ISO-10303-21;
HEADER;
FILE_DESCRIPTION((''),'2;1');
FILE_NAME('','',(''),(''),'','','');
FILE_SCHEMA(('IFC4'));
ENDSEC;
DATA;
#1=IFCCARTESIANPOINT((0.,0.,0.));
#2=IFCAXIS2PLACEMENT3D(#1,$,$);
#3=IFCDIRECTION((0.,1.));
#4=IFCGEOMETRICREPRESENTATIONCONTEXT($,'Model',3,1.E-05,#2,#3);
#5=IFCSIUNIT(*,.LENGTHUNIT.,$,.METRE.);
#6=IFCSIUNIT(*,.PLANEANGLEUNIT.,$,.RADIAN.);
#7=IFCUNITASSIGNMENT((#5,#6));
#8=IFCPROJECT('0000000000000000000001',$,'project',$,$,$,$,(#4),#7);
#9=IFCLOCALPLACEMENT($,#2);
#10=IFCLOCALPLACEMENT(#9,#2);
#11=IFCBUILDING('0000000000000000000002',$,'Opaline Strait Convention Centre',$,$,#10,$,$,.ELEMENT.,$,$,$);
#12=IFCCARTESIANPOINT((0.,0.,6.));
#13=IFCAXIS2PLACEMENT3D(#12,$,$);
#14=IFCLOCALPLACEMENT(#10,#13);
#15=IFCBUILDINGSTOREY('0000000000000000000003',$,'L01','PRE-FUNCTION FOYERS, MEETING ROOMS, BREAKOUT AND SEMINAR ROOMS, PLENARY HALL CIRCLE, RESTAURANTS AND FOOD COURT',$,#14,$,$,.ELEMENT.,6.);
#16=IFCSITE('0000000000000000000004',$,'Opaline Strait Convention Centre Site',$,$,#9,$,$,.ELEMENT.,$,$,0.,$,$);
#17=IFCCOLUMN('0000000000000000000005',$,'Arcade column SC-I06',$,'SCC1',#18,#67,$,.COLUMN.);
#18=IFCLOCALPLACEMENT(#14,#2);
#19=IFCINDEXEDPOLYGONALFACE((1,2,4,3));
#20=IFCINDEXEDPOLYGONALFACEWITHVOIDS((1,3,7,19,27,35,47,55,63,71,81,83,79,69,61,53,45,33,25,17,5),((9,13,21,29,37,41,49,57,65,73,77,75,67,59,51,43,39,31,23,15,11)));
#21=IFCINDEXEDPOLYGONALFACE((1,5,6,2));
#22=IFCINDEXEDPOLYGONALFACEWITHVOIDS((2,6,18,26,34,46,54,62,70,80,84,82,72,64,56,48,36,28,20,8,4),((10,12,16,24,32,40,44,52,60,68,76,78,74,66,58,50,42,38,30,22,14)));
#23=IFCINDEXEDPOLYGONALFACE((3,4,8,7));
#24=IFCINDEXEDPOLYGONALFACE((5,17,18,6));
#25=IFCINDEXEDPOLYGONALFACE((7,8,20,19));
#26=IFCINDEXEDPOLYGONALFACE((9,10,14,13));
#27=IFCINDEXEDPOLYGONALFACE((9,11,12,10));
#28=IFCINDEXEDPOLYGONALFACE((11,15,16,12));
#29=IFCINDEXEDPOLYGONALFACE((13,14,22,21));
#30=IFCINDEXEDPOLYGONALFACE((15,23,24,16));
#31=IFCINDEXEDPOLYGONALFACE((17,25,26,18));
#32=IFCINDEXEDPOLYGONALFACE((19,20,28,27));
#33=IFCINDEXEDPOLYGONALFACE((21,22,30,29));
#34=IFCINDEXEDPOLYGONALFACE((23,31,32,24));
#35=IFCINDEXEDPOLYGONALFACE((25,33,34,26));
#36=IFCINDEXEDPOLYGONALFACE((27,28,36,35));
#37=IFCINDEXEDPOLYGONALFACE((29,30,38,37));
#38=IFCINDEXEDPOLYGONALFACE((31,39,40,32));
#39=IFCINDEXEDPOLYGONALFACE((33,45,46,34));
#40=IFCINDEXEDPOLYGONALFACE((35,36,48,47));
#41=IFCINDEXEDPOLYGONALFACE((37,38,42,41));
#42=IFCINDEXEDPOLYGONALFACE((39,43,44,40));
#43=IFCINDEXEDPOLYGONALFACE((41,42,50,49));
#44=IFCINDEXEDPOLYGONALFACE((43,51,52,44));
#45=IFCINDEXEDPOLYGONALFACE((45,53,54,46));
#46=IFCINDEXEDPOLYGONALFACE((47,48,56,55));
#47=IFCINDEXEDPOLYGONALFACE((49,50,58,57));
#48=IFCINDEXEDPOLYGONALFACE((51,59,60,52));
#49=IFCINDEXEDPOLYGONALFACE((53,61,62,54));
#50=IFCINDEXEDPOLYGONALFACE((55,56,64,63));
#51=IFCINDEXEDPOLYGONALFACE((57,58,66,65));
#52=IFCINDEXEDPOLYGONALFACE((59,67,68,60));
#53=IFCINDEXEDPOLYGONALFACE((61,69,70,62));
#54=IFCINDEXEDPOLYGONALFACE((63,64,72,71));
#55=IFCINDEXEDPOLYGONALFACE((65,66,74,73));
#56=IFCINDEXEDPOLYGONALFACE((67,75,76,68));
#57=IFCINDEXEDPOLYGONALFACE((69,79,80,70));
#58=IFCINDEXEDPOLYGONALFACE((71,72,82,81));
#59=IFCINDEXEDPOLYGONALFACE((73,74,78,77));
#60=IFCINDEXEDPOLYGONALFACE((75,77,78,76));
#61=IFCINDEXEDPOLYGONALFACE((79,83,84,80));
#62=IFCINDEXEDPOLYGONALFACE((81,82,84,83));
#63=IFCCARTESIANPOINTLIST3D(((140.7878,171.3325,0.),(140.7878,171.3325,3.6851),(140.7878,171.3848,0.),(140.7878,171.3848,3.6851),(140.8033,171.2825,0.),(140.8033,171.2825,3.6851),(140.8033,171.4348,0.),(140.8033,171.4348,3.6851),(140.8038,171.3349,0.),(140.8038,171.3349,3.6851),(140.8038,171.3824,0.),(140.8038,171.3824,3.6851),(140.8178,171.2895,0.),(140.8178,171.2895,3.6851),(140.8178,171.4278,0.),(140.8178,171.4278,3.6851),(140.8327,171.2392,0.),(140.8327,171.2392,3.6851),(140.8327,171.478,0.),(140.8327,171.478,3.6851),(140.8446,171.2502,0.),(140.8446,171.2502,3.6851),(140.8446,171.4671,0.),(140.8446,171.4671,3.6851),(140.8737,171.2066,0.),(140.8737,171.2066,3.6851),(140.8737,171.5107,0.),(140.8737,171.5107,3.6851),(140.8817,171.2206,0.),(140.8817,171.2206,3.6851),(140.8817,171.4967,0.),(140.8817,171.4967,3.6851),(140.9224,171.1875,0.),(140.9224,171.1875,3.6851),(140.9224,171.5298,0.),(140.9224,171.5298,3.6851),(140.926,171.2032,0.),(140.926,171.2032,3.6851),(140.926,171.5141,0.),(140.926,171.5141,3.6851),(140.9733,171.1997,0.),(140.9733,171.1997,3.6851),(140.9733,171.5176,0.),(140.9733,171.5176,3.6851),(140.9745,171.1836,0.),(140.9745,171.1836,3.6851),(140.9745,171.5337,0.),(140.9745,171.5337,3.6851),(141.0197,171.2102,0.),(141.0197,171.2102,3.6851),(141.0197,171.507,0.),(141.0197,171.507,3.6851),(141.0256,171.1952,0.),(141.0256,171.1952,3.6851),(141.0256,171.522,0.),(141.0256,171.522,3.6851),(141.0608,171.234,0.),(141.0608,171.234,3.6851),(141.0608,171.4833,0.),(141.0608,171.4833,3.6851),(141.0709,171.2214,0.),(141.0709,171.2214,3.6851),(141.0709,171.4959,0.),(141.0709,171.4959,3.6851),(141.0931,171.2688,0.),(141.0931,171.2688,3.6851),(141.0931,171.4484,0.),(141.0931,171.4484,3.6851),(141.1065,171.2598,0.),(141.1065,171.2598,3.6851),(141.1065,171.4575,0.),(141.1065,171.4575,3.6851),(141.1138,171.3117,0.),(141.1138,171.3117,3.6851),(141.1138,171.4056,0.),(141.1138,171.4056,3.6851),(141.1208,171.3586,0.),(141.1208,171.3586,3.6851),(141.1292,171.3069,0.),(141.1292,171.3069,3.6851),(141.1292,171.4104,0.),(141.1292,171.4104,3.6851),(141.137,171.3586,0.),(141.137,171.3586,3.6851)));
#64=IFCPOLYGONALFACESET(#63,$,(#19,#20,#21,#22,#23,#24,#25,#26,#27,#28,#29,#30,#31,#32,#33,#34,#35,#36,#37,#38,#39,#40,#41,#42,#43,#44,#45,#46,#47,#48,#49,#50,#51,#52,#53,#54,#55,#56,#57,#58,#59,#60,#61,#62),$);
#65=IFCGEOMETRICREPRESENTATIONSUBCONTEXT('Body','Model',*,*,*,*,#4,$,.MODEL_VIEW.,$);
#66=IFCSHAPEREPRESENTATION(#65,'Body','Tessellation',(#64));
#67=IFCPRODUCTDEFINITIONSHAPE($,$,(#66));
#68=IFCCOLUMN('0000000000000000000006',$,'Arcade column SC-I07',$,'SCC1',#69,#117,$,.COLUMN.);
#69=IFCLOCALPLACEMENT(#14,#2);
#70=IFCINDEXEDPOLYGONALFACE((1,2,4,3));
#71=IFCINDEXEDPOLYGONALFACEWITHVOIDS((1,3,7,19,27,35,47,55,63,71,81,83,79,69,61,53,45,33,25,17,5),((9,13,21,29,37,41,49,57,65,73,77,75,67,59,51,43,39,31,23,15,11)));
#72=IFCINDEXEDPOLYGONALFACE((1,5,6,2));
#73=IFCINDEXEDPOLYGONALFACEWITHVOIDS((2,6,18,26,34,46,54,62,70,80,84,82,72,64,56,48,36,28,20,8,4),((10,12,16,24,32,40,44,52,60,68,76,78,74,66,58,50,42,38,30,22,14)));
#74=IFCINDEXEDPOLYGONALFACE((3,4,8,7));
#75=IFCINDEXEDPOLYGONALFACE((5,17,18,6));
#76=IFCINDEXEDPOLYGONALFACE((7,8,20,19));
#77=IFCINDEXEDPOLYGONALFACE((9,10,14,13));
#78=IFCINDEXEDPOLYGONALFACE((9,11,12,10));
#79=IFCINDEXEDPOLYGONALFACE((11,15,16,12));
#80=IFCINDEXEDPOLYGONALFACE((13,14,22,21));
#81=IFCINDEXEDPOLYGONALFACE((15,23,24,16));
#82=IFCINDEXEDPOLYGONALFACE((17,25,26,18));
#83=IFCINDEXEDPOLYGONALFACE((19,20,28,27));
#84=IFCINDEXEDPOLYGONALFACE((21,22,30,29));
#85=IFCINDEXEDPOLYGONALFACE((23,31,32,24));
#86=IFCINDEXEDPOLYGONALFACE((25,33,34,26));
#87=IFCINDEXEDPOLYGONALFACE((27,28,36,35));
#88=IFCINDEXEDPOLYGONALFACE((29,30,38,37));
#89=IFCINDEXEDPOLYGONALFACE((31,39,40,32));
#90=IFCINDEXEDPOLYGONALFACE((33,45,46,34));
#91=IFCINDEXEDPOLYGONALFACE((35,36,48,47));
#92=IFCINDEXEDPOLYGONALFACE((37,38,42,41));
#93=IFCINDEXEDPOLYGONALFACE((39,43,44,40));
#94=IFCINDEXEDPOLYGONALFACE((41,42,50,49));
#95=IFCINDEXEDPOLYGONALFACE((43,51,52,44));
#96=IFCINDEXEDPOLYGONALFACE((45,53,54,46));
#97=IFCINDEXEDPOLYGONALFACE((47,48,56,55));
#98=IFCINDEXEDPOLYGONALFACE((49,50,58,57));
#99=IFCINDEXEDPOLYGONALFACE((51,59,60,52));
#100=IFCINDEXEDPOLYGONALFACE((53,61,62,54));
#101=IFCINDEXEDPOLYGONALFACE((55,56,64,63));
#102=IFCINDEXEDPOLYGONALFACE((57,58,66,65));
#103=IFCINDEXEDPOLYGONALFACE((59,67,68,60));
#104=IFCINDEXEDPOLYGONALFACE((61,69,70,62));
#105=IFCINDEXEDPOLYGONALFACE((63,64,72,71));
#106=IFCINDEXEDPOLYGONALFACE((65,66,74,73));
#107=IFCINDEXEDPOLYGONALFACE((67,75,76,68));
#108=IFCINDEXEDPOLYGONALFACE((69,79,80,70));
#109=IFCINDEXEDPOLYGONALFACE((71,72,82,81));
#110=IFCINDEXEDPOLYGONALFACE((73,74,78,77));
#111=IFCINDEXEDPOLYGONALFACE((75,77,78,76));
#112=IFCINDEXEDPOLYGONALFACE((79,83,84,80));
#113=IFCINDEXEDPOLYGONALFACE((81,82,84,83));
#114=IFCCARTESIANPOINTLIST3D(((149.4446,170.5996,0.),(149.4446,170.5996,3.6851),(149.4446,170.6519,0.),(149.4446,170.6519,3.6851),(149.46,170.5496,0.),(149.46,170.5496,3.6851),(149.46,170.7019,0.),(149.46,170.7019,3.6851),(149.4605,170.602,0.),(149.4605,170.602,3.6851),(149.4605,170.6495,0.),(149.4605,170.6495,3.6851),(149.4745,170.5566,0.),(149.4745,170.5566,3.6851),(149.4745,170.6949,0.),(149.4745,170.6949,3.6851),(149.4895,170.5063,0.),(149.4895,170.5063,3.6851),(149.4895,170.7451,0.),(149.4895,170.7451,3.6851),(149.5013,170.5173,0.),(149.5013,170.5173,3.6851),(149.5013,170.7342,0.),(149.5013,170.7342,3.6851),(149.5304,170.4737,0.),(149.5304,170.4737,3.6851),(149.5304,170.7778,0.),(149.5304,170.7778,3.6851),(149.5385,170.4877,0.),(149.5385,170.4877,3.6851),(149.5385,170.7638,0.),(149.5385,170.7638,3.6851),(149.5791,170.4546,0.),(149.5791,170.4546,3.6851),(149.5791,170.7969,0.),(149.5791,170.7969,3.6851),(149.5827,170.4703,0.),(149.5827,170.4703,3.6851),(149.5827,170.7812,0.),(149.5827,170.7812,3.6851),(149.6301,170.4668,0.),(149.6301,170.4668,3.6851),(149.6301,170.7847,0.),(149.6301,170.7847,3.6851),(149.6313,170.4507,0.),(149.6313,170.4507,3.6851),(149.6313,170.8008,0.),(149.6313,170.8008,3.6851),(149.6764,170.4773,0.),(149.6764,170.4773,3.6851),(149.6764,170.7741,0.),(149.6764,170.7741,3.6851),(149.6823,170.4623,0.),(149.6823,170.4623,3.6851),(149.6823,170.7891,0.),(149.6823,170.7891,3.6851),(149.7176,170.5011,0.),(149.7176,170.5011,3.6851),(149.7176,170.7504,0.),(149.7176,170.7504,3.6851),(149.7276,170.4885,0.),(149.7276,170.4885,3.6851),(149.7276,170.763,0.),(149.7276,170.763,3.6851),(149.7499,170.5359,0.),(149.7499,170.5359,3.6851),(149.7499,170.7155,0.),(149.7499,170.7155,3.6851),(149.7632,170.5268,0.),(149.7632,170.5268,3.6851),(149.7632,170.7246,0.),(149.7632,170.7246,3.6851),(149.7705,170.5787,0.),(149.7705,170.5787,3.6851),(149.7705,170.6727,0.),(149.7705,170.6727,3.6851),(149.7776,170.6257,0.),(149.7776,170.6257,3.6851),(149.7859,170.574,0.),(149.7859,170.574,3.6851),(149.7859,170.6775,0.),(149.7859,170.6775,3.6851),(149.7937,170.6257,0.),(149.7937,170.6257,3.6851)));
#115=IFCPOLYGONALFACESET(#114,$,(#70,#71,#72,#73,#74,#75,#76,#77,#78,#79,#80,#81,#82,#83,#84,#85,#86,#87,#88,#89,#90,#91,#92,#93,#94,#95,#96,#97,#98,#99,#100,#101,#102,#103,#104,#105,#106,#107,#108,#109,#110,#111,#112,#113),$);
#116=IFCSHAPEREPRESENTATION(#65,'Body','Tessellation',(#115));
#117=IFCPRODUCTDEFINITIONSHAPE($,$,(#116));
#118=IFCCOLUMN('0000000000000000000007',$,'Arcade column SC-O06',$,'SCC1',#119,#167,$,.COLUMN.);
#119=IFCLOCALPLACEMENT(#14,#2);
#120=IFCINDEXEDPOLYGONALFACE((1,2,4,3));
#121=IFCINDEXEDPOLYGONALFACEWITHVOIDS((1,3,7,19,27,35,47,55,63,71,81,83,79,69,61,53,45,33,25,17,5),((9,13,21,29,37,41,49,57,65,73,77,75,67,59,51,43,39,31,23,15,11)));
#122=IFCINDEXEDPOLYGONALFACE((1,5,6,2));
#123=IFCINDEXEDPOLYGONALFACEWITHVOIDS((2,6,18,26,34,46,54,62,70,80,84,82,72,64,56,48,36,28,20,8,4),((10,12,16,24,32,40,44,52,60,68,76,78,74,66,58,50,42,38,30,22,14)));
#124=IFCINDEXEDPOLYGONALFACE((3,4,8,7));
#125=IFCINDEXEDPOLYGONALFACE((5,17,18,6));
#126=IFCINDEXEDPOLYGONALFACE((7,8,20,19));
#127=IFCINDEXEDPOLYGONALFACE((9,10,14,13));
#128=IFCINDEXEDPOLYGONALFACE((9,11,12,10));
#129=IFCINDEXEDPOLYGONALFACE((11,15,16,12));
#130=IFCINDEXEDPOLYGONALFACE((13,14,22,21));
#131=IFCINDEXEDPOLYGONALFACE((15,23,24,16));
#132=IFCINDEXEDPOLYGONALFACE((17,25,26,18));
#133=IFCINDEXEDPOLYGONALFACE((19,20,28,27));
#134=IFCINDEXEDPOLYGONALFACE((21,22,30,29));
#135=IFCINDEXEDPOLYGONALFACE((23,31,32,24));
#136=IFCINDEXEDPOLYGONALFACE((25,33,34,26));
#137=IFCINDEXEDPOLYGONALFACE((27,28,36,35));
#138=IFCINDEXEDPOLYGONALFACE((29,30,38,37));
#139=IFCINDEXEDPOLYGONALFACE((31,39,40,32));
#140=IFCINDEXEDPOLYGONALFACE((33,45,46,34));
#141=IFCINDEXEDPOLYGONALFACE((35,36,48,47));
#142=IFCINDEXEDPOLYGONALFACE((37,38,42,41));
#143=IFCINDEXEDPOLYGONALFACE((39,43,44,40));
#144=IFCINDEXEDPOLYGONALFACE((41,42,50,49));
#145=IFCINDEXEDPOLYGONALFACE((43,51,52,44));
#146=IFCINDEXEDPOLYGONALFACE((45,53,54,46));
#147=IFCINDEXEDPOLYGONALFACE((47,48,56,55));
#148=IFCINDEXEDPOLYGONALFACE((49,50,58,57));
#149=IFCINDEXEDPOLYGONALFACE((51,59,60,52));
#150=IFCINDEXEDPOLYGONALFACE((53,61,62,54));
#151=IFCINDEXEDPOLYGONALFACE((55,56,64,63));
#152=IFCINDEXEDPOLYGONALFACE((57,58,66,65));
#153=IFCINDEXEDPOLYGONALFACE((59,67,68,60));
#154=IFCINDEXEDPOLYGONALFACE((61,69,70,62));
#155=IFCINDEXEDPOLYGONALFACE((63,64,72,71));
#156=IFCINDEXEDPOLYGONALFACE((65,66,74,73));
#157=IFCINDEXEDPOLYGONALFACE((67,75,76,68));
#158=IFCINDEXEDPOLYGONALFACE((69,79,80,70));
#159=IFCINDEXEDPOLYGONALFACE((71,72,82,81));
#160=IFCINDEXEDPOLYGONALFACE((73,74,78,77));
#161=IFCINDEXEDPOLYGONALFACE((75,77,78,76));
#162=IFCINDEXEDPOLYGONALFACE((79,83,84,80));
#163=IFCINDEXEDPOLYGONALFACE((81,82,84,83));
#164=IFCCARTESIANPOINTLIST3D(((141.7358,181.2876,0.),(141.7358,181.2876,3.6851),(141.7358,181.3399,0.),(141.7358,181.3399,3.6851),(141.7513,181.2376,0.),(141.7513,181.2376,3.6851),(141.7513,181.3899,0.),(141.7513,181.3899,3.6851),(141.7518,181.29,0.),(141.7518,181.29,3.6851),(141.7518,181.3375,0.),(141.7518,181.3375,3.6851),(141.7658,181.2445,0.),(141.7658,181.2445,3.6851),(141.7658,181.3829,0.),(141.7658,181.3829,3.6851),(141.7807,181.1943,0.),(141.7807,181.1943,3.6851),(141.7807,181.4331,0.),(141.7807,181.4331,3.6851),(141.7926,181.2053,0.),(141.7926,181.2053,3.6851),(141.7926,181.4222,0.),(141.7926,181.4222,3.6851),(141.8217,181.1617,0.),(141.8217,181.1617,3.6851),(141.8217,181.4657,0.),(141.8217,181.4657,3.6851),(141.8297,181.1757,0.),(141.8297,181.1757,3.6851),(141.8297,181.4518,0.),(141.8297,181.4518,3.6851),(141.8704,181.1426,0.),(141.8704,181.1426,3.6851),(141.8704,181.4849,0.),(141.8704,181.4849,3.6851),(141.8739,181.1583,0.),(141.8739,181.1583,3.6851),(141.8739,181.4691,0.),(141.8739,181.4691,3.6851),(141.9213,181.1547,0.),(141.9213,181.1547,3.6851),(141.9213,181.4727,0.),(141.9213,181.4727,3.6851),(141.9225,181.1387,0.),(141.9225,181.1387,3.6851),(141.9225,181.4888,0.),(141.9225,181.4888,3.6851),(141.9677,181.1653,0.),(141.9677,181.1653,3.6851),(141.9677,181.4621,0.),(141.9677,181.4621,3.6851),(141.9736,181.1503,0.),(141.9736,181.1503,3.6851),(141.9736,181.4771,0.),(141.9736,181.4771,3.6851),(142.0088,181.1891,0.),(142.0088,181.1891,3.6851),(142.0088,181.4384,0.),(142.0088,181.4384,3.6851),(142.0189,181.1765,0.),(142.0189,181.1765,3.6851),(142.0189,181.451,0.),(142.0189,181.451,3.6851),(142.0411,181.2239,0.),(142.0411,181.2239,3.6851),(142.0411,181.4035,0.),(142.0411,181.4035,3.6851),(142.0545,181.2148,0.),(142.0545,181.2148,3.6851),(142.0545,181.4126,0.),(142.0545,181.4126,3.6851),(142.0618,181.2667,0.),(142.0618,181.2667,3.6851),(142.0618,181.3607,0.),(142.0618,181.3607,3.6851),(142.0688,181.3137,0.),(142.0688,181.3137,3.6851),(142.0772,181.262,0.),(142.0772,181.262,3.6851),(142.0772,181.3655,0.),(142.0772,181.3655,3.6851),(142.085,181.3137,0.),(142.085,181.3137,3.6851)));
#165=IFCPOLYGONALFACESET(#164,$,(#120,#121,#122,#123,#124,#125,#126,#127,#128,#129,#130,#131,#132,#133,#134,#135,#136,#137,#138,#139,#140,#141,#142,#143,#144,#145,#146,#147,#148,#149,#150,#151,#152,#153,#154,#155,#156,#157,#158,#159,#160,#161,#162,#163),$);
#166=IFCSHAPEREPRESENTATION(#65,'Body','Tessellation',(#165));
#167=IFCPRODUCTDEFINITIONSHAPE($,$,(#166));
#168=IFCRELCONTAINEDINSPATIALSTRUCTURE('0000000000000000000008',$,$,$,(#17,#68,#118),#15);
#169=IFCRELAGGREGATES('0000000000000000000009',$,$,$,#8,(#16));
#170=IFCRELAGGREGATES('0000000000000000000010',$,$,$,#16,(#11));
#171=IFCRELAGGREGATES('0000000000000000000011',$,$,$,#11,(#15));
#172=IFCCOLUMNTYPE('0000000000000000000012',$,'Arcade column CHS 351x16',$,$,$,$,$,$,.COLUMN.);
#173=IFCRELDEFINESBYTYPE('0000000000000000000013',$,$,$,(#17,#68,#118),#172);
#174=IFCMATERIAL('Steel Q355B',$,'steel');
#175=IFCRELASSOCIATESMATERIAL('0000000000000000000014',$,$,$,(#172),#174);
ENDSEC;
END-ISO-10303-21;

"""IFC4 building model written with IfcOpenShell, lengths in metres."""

from ifc_helpers import new_model, si_unit, direction, frame, origin, origin_2d, place, context, subcontext, project, spatial, hollow_circle, extrude, material, material_profile, profile_set, type_object, element, save


model = new_model("IFC4")

# Units and contexts
model_context = context("Model", 3, precision=1e-05, world=origin(), true_north=direction((0.0, 1.0)))
body_context = subcontext(model_context, "Body", "Model", "MODEL_VIEW")
ifc_project = project(units=[si_unit("LENGTHUNIT", "METRE"), si_unit("PLANEANGLEUNIT", "RADIAN")], contexts=[model_context])

# Site, building, storey
site_placement = place(None, origin())
site = spatial("IfcSite", under=ifc_project, at=site_placement, Name="Opaline Strait Convention Centre Site", CompositionType="ELEMENT", RefElevation=0.0)
building_placement = place(site_placement, origin())
building = spatial("IfcBuilding", under=site, at=building_placement, Name="Opaline Strait Convention Centre", CompositionType="ELEMENT")
storey_placement = place(building_placement, frame((0.0, 0.0, 6.0)))
storey = spatial("IfcBuildingStorey", under=building, at=storey_placement, Name="L01", Description="PRE-FUNCTION FOYERS, MEETING ROOMS, BREAKOUT AND SEMINAR ROOMS, PLENARY HALL CIRCLE, RESTAURANTS AND FOOD COURT", CompositionType="ELEMENT", Elevation=6.0)

# Columns
ifc_material_1 = material(Name="Steel Q355B", Category="steel")
ifc_material_profile_1 = material_profile(ifc_material_1, hollow_circle(Radius=0.1755, WallThickness=0.0161, at=origin_2d()), Name="CHS 351x16")
ifc_profile_set_1 = profile_set([ifc_material_profile_1], Name="Steel Q355B")
column_type = type_object("IfcColumnType", Name="Arcade column CHS 351x16", PredefinedType="COLUMN", material=ifc_profile_set_1)
for number, where, z_axis, x_axis, name in (
    (1, (140.9614, 171.3586, 0.0), (0.0, 0.0, 1.0), (1.0, 0.0, 0.0), "Arcade column SC-I06"),
    (2, (149.6182, 170.6257, 0.0), (0.0, 0.0, 1.0), (1.0, 0.0, 0.0), "Arcade column SC-I07"),
    (3, (141.9094, 181.3137, 0.0), (0.0, 0.0, 1.0), (1.0, 0.0, 0.0), "Arcade column SC-O06"),
):
    element("IfcColumn", number, at=place(storey_placement, frame(where, z_axis=z_axis, x_axis=x_axis)), inside=storey, type_object=column_type, Name=name, ObjectType="SCC1", PredefinedType="COLUMN", context=body_context, shape_type="SweptSolid", body=[
        extrude(hollow_circle(Radius=0.1755, WallThickness=0.0161, at=origin_2d()), origin(), (0.0, 0.0, 1.0), 3.6851),
    ])

save(model, "model.ifc")
